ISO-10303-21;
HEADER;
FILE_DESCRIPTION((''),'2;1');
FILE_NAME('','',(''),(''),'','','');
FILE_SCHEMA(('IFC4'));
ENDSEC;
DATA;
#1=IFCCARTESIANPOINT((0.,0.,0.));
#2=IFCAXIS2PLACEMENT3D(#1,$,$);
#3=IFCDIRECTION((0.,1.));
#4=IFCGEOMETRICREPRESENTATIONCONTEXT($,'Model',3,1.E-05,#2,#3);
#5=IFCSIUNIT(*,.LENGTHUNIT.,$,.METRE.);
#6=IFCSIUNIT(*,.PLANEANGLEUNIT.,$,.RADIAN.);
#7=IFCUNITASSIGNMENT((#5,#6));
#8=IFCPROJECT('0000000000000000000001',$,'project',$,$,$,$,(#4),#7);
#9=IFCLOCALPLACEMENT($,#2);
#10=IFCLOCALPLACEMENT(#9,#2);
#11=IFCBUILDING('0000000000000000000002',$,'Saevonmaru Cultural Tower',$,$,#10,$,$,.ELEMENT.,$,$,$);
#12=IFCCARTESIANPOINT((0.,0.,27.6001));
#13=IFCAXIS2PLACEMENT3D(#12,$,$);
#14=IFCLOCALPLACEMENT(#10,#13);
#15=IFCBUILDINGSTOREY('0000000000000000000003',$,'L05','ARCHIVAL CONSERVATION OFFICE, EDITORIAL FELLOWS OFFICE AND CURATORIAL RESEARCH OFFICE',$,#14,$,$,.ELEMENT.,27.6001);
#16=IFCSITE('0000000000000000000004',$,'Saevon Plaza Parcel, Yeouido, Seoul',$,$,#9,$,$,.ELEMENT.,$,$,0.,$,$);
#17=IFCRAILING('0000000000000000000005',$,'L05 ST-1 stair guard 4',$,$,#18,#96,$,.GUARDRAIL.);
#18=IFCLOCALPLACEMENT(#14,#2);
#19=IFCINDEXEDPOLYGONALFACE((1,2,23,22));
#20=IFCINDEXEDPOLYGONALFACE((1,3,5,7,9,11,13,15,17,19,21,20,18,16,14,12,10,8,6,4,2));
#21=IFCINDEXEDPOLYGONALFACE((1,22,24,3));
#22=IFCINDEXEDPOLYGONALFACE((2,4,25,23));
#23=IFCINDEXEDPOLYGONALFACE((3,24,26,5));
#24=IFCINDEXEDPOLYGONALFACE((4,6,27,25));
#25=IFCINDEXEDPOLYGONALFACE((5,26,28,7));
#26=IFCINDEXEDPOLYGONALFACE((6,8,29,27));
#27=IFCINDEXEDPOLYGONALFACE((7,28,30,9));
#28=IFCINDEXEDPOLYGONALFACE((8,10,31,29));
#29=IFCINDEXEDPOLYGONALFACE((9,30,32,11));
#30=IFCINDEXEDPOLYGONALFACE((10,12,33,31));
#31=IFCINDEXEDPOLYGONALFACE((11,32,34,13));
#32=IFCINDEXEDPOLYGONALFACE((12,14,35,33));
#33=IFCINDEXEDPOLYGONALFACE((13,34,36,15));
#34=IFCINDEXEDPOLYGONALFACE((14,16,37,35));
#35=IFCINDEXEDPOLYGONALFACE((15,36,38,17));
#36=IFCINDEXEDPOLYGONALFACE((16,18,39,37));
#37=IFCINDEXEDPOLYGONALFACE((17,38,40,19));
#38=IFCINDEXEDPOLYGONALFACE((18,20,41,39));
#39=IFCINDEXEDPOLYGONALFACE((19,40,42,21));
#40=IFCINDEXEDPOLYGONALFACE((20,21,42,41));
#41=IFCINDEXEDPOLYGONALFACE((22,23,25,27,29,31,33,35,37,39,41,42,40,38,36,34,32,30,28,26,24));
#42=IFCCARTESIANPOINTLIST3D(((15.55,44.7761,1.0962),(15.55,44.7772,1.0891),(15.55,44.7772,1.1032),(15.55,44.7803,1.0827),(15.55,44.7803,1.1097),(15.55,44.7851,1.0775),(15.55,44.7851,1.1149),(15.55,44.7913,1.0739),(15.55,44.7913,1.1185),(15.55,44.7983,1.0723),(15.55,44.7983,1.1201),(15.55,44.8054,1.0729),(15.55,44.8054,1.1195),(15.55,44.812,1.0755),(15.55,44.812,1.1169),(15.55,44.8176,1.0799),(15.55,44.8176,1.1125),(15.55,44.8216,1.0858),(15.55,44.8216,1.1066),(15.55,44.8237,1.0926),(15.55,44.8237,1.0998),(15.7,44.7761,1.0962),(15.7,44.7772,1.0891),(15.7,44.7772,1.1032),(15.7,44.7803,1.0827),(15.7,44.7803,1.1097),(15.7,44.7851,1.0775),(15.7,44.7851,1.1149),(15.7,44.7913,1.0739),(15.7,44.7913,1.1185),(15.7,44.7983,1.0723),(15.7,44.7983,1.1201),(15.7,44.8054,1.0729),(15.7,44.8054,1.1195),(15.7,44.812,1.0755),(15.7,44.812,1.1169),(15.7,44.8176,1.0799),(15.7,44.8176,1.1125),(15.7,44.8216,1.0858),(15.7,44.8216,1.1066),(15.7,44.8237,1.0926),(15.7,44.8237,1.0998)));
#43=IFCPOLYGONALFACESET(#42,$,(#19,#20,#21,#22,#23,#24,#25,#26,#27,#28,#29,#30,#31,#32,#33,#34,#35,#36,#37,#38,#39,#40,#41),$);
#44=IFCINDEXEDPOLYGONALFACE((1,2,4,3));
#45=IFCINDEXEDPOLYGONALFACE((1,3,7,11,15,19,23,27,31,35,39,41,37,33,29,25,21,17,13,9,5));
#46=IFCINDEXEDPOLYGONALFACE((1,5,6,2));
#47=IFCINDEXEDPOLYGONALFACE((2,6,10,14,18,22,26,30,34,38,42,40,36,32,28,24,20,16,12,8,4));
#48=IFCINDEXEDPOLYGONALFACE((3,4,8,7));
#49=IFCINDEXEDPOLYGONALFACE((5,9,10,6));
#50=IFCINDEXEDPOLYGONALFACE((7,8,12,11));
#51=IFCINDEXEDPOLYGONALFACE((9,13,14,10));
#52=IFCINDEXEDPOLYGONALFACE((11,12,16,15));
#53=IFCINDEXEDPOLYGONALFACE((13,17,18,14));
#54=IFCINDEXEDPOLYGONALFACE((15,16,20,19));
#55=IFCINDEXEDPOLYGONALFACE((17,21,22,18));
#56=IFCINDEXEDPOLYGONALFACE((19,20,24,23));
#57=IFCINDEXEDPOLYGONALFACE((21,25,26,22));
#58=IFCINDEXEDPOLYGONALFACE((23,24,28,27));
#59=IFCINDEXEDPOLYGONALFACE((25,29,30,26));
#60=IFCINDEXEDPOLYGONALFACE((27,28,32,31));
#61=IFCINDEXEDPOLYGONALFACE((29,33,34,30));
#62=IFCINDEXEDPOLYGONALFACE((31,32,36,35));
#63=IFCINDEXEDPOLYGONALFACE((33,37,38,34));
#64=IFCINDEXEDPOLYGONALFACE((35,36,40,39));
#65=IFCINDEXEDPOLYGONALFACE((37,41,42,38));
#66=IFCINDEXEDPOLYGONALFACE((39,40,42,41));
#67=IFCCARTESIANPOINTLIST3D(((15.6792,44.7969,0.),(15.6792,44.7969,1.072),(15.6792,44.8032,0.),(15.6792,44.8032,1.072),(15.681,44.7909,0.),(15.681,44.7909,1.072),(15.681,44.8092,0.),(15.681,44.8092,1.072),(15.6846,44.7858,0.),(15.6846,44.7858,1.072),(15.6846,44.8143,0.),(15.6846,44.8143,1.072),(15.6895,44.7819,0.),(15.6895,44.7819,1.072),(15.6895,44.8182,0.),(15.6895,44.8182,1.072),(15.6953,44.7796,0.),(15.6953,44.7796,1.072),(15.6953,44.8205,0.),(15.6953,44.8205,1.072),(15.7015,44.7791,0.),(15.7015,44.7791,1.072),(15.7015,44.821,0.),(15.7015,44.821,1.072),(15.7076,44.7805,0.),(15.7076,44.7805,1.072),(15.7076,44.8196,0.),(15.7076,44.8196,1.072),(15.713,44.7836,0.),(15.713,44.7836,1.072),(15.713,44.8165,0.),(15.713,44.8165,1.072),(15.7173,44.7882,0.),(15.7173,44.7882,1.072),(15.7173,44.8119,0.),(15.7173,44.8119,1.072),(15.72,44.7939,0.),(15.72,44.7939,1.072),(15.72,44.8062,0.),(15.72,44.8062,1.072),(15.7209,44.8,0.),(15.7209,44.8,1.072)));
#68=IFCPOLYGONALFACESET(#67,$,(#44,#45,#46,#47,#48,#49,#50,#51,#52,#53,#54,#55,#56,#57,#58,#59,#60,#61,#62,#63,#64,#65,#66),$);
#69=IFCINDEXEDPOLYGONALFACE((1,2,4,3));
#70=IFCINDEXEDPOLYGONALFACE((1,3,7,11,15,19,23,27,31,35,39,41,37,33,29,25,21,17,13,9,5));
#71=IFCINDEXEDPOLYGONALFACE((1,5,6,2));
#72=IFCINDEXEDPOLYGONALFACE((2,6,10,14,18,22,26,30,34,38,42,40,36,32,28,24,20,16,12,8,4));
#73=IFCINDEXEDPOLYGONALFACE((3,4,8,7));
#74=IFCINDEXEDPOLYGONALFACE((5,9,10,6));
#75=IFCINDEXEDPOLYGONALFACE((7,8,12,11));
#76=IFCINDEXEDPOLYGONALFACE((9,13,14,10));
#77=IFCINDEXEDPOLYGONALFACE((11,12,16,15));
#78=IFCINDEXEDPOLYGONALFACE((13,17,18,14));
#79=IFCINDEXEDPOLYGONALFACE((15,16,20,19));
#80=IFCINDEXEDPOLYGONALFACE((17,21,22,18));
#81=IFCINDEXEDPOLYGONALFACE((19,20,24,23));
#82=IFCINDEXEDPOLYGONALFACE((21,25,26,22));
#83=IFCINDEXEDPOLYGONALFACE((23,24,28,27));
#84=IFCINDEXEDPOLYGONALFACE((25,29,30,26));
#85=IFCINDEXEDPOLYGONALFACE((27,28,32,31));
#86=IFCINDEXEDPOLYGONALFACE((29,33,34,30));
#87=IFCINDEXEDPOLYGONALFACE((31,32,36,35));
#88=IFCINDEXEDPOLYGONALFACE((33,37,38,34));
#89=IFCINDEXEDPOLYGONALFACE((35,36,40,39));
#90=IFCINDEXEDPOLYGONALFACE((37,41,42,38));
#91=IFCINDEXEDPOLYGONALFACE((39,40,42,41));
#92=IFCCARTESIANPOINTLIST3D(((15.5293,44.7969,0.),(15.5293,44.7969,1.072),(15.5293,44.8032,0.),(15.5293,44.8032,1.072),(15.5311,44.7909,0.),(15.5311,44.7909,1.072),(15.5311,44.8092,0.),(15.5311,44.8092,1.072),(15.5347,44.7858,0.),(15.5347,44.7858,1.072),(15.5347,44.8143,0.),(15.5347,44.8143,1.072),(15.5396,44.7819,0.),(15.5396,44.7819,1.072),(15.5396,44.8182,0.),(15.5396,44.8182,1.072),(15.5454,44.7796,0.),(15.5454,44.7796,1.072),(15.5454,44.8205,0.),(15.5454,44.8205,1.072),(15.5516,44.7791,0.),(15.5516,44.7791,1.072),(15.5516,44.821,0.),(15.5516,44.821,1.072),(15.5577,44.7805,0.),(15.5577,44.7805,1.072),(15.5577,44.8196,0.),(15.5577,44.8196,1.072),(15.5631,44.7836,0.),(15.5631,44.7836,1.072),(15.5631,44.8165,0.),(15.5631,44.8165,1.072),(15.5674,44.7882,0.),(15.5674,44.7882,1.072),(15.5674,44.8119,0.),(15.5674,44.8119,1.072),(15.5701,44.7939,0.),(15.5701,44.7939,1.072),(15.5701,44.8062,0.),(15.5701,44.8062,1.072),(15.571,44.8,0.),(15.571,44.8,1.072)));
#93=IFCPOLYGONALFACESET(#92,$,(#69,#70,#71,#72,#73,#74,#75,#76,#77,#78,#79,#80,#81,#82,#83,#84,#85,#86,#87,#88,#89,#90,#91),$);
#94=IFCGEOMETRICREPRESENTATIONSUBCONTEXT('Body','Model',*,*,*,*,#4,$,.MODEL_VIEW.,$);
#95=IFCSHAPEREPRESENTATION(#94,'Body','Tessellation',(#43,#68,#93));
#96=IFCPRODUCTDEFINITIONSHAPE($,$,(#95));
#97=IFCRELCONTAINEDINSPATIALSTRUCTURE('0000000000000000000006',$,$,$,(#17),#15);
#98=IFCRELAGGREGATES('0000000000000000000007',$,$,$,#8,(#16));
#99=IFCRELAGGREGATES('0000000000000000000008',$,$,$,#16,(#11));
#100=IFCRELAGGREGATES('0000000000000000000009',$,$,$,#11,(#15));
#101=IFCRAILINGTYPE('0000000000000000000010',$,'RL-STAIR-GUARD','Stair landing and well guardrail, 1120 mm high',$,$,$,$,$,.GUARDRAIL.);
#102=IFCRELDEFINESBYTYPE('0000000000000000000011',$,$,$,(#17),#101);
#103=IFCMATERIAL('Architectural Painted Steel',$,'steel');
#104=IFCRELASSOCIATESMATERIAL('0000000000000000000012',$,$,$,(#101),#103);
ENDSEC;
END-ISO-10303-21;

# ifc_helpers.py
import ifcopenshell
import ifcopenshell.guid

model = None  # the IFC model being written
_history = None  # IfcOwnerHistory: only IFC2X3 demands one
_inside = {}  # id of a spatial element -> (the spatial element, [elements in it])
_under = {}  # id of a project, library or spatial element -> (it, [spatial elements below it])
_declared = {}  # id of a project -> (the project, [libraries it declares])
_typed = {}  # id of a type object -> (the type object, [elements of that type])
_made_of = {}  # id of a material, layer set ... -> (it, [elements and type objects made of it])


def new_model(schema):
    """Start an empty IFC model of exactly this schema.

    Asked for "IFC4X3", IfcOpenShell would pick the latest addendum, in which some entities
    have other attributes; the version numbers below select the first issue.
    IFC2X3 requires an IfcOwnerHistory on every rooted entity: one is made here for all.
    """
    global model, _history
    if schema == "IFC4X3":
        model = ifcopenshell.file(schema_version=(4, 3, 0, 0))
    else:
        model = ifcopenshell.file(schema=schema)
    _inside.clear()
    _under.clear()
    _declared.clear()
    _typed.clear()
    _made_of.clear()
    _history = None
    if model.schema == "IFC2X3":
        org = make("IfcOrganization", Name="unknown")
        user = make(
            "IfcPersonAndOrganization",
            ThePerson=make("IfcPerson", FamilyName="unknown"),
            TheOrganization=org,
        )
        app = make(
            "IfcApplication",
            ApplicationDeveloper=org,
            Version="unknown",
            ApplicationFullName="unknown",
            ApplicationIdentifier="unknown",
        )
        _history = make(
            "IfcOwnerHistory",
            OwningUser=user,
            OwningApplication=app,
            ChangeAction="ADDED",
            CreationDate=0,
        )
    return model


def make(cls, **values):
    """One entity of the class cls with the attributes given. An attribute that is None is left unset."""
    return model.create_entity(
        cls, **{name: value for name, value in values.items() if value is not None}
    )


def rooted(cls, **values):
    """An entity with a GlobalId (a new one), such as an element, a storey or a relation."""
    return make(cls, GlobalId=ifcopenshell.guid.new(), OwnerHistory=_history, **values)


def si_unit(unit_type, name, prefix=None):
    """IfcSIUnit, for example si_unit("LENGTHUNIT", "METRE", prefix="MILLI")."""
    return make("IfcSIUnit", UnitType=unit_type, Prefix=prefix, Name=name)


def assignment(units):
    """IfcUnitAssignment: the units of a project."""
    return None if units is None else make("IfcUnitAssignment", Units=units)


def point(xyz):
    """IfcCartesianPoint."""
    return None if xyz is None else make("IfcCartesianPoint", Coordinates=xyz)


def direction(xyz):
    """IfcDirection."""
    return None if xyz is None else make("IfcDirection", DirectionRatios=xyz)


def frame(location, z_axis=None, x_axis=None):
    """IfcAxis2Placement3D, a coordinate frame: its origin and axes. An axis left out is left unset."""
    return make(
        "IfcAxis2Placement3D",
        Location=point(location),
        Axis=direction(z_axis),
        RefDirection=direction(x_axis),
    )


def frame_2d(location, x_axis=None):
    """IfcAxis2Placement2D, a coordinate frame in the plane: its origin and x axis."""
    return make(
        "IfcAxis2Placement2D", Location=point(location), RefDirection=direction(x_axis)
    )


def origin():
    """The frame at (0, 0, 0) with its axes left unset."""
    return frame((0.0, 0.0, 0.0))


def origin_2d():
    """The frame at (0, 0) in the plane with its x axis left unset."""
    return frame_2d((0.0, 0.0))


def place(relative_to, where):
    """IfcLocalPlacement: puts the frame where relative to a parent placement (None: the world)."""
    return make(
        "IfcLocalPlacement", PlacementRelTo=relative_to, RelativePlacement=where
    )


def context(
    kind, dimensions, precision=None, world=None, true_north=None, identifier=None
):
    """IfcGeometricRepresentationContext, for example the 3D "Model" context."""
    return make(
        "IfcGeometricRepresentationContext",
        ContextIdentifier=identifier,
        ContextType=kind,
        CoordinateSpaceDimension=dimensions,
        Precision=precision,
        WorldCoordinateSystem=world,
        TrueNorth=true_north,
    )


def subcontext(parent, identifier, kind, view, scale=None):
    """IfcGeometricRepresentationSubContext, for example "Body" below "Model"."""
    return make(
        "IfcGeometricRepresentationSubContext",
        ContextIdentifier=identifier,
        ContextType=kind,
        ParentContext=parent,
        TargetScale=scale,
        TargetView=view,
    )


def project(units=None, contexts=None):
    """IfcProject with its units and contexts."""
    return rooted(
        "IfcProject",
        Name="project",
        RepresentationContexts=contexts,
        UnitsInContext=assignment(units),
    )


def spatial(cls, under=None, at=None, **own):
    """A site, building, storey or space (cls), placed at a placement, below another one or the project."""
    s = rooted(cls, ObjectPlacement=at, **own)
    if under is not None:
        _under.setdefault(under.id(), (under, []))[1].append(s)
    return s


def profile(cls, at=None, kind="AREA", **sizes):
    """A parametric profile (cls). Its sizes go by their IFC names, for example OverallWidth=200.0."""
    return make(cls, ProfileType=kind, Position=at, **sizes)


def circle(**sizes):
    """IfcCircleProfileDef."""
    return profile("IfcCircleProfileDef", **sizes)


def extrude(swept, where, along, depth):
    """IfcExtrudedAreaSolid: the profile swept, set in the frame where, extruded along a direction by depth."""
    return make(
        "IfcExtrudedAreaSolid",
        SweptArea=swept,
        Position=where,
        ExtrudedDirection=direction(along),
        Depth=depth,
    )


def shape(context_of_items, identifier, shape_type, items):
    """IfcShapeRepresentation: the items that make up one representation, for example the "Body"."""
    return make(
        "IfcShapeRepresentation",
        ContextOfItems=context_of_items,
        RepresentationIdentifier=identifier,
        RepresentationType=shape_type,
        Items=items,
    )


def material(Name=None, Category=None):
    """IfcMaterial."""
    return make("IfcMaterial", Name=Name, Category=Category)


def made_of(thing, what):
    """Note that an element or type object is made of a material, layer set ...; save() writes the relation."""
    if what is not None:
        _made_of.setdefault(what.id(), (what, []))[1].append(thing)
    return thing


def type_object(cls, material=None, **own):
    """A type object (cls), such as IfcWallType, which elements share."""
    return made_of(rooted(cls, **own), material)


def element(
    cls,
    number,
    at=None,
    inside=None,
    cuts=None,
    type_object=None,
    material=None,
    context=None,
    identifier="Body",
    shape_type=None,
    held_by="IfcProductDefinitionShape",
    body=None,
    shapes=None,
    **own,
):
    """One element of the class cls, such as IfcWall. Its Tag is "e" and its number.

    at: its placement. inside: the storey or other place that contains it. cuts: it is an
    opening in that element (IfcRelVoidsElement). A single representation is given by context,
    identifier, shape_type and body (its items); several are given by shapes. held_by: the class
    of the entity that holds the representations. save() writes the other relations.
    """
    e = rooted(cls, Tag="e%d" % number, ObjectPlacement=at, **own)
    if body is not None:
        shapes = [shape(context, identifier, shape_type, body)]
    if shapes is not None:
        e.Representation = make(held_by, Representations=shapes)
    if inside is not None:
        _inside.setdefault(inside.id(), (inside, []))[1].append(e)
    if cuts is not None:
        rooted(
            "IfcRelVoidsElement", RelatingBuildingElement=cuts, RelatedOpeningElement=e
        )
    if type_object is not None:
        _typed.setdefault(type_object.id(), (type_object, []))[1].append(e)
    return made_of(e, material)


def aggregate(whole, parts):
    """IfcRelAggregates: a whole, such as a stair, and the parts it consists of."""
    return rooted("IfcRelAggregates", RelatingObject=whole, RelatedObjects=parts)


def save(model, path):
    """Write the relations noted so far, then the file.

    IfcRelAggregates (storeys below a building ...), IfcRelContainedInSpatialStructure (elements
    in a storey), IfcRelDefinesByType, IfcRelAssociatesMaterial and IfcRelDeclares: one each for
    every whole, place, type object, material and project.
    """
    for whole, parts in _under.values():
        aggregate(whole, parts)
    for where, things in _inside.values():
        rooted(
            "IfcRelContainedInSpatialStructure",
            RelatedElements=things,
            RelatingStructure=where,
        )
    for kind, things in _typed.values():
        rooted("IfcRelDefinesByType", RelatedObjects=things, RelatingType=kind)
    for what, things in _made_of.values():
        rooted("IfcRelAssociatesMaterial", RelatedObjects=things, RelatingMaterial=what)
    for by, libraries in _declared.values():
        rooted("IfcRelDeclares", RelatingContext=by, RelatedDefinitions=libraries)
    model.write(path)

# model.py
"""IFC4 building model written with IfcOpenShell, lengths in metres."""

from ifc_helpers import new_model, si_unit, direction, frame, origin, origin_2d, place, context, subcontext, project, spatial, circle, extrude, material, type_object, element, save


model = new_model("IFC4")

# Units and contexts
model_context = context("Model", 3, precision=1e-05, world=origin(), true_north=direction((0.0, 1.0)))
body_context = subcontext(model_context, "Body", "Model", "MODEL_VIEW")
ifc_project = project(units=[si_unit("LENGTHUNIT", "METRE"), si_unit("PLANEANGLEUNIT", "RADIAN")], contexts=[model_context])

# Site, building, storey
site_placement = place(None, origin())
site = spatial("IfcSite", under=ifc_project, at=site_placement, Name="Saevon Plaza Parcel, Yeouido, Seoul", CompositionType="ELEMENT", RefElevation=0.0)
building_placement = place(site_placement, origin())
building = spatial("IfcBuilding", under=site, at=building_placement, Name="Saevonmaru Cultural Tower", CompositionType="ELEMENT")
storey_placement = place(building_placement, frame((0.0, 0.0, 27.6001)))
storey = spatial("IfcBuildingStorey", under=building, at=storey_placement, Name="L05", Description="ARCHIVAL CONSERVATION OFFICE, EDITORIAL FELLOWS OFFICE AND CURATORIAL RESEARCH OFFICE", CompositionType="ELEMENT", Elevation=27.6001)

# Railing
ifc_material_1 = material(Name="Architectural Painted Steel", Category="steel")
railing_type_1 = type_object("IfcRailingType", Name="RL-STAIR-GUARD", Description="Stair landing and well guardrail, 1120 mm high", PredefinedType="GUARDRAIL", material=ifc_material_1)
railing_1_placement = place(storey_placement, frame((15.7, 44.8, 0.0)))
element("IfcRailing", 1, at=railing_1_placement, inside=storey, type_object=railing_type_1, Name="L05 ST-1 stair guard 4", PredefinedType="GUARDRAIL", context=body_context, shape_type="SweptSolid", body=[
    extrude(circle(Radius=0.0239, at=origin_2d()), frame((0.0, 0.0, 1.0962), z_axis=(-1.0, 0.0, 0.0), x_axis=(0.0, -1.0, 0.0)), (0.0, 0.0, 1.0), 0.1499),
    extrude(circle(Radius=0.021, at=origin_2d()), origin(), (0.0, 0.0, 1.0), 1.072),
    extrude(circle(Radius=0.021, at=origin_2d()), frame((-0.1499, 0.0, 0.0)), (0.0, 0.0, 1.0), 1.072),
])

save(model, "model.ifc")
